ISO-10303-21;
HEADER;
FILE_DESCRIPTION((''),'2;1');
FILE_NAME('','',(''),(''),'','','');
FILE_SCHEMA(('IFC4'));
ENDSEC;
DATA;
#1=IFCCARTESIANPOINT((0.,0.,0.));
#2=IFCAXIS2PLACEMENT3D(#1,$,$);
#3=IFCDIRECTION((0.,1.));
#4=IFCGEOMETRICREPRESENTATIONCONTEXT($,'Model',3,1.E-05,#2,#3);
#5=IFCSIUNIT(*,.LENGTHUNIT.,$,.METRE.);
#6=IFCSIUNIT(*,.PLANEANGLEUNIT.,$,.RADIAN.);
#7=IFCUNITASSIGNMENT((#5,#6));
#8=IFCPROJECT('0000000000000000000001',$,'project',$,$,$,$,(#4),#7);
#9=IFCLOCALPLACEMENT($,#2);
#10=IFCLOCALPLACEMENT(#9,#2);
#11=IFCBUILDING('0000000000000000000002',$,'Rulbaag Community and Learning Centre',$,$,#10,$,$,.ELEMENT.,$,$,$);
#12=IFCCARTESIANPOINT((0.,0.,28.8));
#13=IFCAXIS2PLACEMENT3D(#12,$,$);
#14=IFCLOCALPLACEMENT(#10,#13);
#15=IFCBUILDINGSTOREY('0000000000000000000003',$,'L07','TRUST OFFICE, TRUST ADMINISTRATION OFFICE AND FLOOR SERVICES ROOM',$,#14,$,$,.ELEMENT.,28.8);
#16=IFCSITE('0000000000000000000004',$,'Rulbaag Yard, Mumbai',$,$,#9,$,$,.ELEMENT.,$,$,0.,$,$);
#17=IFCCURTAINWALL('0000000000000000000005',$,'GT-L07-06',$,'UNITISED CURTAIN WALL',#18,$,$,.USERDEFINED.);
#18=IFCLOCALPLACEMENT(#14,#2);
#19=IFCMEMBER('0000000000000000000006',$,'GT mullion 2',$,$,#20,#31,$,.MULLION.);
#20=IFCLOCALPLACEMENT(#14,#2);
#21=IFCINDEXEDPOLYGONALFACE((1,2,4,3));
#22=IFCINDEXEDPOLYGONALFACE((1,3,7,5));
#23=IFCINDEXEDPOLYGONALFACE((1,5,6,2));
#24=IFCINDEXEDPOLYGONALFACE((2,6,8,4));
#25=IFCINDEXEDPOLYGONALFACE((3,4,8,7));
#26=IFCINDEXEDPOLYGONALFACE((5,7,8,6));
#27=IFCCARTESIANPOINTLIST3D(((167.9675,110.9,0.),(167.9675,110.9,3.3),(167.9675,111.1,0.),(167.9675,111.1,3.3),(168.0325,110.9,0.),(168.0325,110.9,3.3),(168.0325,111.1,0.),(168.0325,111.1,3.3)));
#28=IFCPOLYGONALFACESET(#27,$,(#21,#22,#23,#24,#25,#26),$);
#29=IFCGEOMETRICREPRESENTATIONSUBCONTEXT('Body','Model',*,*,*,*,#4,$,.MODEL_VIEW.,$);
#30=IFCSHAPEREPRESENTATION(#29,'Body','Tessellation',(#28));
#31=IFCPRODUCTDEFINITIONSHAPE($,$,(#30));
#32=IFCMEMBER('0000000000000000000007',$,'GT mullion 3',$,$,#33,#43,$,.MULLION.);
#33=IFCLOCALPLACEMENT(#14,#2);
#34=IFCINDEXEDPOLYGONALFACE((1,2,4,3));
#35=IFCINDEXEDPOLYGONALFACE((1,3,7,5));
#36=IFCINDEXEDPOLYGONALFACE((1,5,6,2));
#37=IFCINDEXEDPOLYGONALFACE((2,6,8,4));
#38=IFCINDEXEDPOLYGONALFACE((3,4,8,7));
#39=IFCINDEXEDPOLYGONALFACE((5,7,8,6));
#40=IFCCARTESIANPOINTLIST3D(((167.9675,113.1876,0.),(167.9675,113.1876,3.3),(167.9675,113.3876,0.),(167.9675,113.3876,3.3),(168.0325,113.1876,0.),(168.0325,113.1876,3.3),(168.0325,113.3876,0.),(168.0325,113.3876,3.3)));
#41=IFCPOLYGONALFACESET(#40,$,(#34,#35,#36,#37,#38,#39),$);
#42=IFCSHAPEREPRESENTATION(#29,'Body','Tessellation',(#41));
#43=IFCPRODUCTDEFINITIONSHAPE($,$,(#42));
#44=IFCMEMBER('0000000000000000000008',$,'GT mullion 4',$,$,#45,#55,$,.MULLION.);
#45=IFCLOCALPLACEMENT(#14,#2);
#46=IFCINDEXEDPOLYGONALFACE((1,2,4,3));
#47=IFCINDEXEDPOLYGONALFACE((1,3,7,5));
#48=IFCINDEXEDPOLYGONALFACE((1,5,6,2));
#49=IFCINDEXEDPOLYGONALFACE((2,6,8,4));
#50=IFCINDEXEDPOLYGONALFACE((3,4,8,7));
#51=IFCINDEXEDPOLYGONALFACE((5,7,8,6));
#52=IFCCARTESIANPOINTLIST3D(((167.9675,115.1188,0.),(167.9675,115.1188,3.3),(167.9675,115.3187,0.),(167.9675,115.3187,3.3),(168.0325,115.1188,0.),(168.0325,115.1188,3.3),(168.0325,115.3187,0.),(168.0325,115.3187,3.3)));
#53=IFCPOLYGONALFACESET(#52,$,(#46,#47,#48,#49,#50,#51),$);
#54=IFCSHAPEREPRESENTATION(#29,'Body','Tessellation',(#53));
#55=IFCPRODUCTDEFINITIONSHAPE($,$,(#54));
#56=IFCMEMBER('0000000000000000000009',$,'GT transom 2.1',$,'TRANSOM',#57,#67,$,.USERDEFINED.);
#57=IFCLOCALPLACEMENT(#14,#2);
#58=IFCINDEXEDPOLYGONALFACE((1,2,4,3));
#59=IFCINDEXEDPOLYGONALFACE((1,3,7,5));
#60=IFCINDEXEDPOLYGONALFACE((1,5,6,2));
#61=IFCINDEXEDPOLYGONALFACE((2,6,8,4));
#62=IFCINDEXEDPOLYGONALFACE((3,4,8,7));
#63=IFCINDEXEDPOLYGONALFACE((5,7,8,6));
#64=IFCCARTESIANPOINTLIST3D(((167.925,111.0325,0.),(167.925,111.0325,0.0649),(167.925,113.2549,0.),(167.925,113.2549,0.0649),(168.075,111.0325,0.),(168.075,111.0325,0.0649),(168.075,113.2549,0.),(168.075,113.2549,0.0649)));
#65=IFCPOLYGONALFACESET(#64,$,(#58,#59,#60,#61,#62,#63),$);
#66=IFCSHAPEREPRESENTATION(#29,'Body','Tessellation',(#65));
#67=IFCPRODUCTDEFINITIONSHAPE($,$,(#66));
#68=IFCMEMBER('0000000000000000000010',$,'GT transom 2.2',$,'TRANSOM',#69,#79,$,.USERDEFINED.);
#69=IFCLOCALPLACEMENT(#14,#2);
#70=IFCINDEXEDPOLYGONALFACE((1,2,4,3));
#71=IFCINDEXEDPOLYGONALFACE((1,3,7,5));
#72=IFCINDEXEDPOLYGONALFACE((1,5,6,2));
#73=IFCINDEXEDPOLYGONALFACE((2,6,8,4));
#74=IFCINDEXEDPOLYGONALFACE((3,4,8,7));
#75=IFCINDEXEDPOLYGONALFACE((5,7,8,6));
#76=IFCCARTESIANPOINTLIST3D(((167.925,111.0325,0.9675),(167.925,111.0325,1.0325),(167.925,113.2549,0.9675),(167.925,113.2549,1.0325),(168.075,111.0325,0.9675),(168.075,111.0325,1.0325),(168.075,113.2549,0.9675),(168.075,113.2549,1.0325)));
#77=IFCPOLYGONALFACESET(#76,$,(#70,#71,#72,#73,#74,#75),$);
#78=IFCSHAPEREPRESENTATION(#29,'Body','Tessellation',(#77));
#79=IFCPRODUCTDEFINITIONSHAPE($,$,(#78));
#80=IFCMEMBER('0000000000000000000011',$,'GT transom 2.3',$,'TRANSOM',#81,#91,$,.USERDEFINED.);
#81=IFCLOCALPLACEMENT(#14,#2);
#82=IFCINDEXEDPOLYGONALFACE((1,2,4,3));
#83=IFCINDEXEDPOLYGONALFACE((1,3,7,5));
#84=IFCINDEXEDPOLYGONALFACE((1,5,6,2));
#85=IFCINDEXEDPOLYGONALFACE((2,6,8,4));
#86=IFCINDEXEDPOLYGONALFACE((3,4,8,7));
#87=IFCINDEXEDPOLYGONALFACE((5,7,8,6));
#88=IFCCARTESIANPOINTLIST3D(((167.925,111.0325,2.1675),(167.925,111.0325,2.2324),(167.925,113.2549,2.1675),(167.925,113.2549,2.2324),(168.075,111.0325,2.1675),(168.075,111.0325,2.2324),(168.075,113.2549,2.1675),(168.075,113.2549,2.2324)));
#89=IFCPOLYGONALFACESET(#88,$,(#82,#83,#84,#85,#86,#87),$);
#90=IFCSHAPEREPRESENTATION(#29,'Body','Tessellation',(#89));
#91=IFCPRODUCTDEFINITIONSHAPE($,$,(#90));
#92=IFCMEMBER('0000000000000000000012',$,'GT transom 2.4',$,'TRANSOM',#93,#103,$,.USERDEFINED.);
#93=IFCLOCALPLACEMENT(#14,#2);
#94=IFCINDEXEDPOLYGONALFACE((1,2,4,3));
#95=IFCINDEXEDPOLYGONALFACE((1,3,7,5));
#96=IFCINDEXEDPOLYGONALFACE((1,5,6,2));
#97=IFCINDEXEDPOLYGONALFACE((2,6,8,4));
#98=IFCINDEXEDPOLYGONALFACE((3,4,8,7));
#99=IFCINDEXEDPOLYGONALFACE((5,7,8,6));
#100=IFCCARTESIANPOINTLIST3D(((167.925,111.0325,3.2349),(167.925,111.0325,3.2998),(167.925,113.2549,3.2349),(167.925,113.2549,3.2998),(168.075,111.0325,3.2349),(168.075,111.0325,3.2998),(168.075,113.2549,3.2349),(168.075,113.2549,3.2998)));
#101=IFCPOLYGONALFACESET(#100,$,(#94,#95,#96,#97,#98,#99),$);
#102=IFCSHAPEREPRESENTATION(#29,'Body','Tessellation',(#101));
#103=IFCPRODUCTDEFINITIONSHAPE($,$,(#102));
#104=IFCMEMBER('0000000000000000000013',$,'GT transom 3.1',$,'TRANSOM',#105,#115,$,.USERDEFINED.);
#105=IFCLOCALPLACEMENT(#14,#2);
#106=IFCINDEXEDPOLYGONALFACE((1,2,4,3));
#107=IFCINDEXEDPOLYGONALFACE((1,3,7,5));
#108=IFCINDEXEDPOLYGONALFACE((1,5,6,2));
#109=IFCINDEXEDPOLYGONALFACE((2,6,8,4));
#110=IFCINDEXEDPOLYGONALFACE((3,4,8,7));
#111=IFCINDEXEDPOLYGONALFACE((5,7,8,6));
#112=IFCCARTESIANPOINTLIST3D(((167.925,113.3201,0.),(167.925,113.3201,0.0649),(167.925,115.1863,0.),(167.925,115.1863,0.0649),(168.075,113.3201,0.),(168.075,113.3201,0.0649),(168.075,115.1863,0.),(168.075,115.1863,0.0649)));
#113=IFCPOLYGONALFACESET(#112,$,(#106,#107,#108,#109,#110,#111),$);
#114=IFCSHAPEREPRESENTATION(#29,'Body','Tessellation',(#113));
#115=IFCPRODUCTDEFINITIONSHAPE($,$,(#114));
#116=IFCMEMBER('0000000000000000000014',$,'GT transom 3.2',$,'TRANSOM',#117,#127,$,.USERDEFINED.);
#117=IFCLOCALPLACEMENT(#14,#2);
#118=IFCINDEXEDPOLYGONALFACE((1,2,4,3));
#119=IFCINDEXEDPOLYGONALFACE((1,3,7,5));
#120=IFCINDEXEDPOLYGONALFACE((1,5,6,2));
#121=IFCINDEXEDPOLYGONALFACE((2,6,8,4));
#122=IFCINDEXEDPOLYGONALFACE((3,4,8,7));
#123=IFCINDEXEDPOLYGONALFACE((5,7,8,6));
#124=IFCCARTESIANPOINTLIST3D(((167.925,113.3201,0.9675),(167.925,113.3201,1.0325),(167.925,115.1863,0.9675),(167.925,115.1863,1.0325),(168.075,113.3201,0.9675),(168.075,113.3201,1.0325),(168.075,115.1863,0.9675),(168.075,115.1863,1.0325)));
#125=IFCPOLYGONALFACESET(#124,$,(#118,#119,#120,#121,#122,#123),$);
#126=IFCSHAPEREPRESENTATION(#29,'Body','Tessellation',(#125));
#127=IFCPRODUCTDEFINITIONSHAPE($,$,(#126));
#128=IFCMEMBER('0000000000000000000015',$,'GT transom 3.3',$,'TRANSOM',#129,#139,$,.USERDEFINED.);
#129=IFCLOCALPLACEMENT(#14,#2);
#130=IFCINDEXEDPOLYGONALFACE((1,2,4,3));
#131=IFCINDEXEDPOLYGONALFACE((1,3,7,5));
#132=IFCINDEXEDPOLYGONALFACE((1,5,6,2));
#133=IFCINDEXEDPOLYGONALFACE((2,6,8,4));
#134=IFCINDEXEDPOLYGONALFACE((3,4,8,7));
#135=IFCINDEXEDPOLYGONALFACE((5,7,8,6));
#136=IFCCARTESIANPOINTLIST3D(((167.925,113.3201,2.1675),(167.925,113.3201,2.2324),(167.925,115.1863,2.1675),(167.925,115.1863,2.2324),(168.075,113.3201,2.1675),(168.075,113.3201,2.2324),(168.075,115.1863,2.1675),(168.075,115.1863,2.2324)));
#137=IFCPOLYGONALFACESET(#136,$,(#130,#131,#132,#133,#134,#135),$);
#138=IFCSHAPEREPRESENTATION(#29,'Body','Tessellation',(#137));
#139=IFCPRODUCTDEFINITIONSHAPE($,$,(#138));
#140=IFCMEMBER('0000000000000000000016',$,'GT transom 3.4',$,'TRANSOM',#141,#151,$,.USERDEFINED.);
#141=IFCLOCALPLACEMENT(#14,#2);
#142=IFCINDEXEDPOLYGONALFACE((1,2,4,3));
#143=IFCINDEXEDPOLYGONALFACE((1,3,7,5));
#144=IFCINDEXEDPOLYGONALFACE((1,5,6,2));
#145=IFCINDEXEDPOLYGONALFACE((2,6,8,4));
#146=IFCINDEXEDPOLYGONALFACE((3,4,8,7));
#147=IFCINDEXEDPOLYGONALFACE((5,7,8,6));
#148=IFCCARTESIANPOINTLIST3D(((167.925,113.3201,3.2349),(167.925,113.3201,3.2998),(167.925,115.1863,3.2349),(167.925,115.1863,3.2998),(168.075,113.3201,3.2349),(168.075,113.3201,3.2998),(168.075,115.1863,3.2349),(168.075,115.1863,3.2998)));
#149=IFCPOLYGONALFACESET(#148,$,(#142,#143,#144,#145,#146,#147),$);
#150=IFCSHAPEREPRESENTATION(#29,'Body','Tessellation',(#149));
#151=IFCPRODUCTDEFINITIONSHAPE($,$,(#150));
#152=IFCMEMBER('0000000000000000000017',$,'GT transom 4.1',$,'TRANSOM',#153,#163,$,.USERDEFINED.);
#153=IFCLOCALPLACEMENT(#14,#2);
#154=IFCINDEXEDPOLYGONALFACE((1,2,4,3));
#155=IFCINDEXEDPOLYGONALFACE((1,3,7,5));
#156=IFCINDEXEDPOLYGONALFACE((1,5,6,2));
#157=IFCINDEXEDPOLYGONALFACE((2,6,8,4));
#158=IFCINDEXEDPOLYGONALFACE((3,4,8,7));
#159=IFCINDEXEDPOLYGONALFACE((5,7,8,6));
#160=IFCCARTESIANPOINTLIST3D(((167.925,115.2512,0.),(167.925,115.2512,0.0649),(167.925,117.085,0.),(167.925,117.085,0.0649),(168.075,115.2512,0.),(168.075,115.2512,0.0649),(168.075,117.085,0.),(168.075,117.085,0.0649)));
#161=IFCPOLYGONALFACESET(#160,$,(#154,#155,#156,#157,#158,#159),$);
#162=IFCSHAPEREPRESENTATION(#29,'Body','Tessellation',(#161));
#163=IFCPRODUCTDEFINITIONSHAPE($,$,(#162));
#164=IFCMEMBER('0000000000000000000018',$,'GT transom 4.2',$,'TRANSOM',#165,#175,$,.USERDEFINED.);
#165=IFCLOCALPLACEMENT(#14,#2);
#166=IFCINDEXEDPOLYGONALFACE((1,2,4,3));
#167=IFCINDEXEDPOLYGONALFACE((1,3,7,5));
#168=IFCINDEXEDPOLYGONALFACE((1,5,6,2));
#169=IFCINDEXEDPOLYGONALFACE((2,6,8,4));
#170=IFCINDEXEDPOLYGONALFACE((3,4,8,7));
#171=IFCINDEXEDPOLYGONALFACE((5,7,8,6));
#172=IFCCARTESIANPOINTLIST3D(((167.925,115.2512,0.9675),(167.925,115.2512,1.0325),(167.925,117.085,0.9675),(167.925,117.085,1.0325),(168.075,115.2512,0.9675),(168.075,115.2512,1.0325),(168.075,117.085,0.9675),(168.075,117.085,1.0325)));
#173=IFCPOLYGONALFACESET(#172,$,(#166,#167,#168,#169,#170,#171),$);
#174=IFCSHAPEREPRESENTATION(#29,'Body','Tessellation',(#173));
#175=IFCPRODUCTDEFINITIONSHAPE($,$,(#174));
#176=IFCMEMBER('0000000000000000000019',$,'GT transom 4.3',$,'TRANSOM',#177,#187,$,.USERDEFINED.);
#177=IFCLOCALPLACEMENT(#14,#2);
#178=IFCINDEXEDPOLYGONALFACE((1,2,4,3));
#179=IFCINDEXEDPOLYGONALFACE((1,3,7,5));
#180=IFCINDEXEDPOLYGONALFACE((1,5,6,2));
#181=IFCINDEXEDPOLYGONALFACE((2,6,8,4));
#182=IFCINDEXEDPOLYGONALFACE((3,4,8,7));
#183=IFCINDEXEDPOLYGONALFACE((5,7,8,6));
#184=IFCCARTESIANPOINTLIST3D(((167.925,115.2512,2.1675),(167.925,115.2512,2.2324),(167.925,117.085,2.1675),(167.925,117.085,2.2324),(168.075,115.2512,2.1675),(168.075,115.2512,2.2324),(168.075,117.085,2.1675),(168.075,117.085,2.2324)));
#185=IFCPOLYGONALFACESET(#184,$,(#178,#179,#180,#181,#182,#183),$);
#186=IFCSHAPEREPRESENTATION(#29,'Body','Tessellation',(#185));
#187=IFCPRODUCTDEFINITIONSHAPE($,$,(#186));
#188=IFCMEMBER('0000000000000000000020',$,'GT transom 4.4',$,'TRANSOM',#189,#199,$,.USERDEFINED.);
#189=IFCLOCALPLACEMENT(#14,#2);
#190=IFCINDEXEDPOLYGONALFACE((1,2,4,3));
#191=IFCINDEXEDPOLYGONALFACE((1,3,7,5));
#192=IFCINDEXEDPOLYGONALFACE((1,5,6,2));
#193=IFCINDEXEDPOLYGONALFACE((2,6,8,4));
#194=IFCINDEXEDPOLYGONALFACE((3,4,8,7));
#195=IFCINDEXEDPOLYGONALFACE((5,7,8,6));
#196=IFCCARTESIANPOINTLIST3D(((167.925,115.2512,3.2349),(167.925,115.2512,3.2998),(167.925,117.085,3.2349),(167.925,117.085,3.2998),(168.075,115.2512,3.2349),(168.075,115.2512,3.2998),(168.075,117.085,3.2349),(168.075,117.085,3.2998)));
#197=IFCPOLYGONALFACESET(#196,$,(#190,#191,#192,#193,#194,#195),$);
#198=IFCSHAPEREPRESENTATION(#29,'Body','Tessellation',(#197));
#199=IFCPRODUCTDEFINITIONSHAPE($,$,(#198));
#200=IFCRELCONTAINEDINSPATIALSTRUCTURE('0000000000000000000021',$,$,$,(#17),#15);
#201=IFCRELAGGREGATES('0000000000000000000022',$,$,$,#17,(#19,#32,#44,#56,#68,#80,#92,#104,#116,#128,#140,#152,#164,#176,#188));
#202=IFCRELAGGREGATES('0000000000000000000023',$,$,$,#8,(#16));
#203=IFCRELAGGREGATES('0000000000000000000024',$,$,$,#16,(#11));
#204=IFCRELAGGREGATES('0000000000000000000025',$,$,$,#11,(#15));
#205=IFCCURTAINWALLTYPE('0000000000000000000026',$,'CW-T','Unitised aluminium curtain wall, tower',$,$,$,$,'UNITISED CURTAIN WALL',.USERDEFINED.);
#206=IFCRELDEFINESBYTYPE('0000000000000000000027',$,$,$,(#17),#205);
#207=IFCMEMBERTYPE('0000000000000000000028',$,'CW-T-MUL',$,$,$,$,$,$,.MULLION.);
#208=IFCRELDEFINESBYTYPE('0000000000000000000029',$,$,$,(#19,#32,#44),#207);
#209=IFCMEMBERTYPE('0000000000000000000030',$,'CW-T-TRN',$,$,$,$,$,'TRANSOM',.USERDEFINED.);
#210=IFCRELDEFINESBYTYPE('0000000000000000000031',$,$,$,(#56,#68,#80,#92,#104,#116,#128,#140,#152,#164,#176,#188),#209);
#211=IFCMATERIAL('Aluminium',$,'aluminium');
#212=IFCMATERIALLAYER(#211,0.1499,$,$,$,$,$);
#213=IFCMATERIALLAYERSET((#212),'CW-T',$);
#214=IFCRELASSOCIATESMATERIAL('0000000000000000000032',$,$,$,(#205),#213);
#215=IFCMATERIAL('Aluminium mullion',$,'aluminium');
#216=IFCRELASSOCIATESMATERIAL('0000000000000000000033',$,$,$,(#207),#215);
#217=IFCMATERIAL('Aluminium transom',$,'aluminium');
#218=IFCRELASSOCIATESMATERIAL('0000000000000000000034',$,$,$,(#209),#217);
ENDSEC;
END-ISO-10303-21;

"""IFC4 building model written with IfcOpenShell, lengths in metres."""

from ifc_helpers import new_model, si_unit, direction, frame, origin, origin_2d, place, context, subcontext, project, spatial, rectangle, extrude, material, layer, layer_set, material_profile, profile_set, type_object, element, aggregate, save


model = new_model("IFC4")

# Units and contexts
model_context = context("Model", 3, precision=1e-05, world=origin(), true_north=direction((0.0, 1.0)))
body_context = subcontext(model_context, "Body", "Model", "MODEL_VIEW")
ifc_project = project(units=[si_unit("LENGTHUNIT", "METRE"), si_unit("PLANEANGLEUNIT", "RADIAN")], contexts=[model_context])

# Site, building, storey
site_placement = place(None, origin())
site = spatial("IfcSite", under=ifc_project, at=site_placement, Name="Rulbaag Yard, Mumbai", CompositionType="ELEMENT", RefElevation=0.0)
building_placement = place(site_placement, origin())
building = spatial("IfcBuilding", under=site, at=building_placement, Name="Rulbaag Community and Learning Centre", CompositionType="ELEMENT")
storey_placement = place(building_placement, frame((0.0, 0.0, 28.8)))
storey = spatial("IfcBuildingStorey", under=building, at=storey_placement, Name="L07", Description="TRUST OFFICE, TRUST ADMINISTRATION OFFICE AND FLOOR SERVICES ROOM", CompositionType="ELEMENT", Elevation=28.8)

# Curtain wall, members
ifc_material_1 = material(Name="Aluminium", Category="aluminium")
ifc_layer_1 = layer(ifc_material_1, 0.1499)
ifc_layer_set_1 = layer_set([ifc_layer_1], Name="CW-T")
curtain_wall_type = type_object("IfcCurtainWallType", Name="CW-T", Description="Unitised aluminium curtain wall, tower", ElementType="UNITISED CURTAIN WALL", PredefinedType="USERDEFINED", material=ifc_layer_set_1)
curtain_wall_placement = place(storey_placement, origin())
curtain_wall = element("IfcCurtainWall", 1, at=curtain_wall_placement, inside=storey, type_object=curtain_wall_type, Name="GT-L07-06", ObjectType="UNITISED CURTAIN WALL", PredefinedType="USERDEFINED")
ifc_material_2 = material(Name="Aluminium mullion", Category="aluminium")
ifc_material_profile_1 = material_profile(ifc_material_2, rectangle(XDim=0.0649, YDim=0.2, at=origin_2d()), Name="AL 65x200")
ifc_profile_set_1 = profile_set([ifc_material_profile_1], Name="Aluminium mullion")
member_type_1 = type_object("IfcMemberType", Name="CW-T-MUL", PredefinedType="MULLION", material=ifc_profile_set_1)
member_1_placement = place(storey_placement, frame((168.0, 111.0, 0.0), z_axis=(0.0, 0.0, 1.0), x_axis=(-1.0, 0.0, 0.0)))
member_1 = element("IfcMember", 2, at=member_1_placement, type_object=member_type_1, Name="GT mullion 2", PredefinedType="MULLION", context=body_context, shape_type="SweptSolid", body=[
    extrude(rectangle(XDim=0.0649, YDim=0.2, at=origin_2d()), origin(), (0.0, 0.0, 1.0), 3.3),
])
member_2_placement = place(storey_placement, frame((168.0, 113.2876, 0.0), z_axis=(0.0, 0.0, 1.0), x_axis=(-1.0, 0.0, 0.0)))
member_2 = element("IfcMember", 3, at=member_2_placement, type_object=member_type_1, Name="GT mullion 3", PredefinedType="MULLION", context=body_context, shape_type="SweptSolid", body=[
    extrude(rectangle(XDim=0.0649, YDim=0.2, at=origin_2d()), origin(), (0.0, 0.0, 1.0), 3.3),
])
member_3_placement = place(storey_placement, frame((168.0, 115.2188, 0.0), z_axis=(0.0, 0.0, 1.0), x_axis=(-1.0, 0.0, 0.0)))
member_3 = element("IfcMember", 4, at=member_3_placement, type_object=member_type_1, Name="GT mullion 4", PredefinedType="MULLION", context=body_context, shape_type="SweptSolid", body=[
    extrude(rectangle(XDim=0.0649, YDim=0.2, at=origin_2d()), origin(), (0.0, 0.0, 1.0), 3.3),
])
ifc_material_3 = material(Name="Aluminium transom", Category="aluminium")
ifc_material_profile_2 = material_profile(ifc_material_3, rectangle(XDim=0.1499, YDim=0.0649, at=origin_2d()), Name="AL 65x150 T")
ifc_profile_set_2 = profile_set([ifc_material_profile_2], Name="Aluminium transom")
member_type_2 = type_object("IfcMemberType", Name="CW-T-TRN", ElementType="TRANSOM", PredefinedType="USERDEFINED", material=ifc_profile_set_2)
member_4_placement = place(storey_placement, frame((168.0, 111.0325, 0.0325), z_axis=(0.0, 1.0, 0.0), x_axis=(-1.0, 0.0, 0.0)))
member_4 = element("IfcMember", 5, at=member_4_placement, type_object=member_type_2, Name="GT transom 2.1", ObjectType="TRANSOM", PredefinedType="USERDEFINED", context=body_context, shape_type="SweptSolid", body=[
    extrude(rectangle(XDim=0.1499, YDim=0.0649, at=origin_2d()), origin(), (0.0, 0.0, 1.0), 2.2224),
])
member_5_placement = place(storey_placement, frame((168.0, 111.0325, 1.0), z_axis=(0.0, 1.0, 0.0), x_axis=(-1.0, 0.0, 0.0)))
member_5 = element("IfcMember", 6, at=member_5_placement, type_object=member_type_2, Name="GT transom 2.2", ObjectType="TRANSOM", PredefinedType="USERDEFINED", context=body_context, shape_type="SweptSolid", body=[
    extrude(rectangle(XDim=0.1499, YDim=0.0649, at=origin_2d()), origin(), (0.0, 0.0, 1.0), 2.2224),
])
member_6_placement = place(storey_placement, frame((168.0, 111.0325, 2.2), z_axis=(0.0, 1.0, 0.0), x_axis=(-1.0, 0.0, 0.0)))
member_6 = element("IfcMember", 7, at=member_6_placement, type_object=member_type_2, Name="GT transom 2.3", ObjectType="TRANSOM", PredefinedType="USERDEFINED", context=body_context, shape_type="SweptSolid", body=[
    extrude(rectangle(XDim=0.1499, YDim=0.0649, at=origin_2d()), origin(), (0.0, 0.0, 1.0), 2.2224),
])
member_7_placement = place(storey_placement, frame((168.0, 111.0325, 3.2673), z_axis=(0.0, 1.0, 0.0), x_axis=(-1.0, 0.0, 0.0)))
member_7 = element("IfcMember", 8, at=member_7_placement, type_object=member_type_2, Name="GT transom 2.4", ObjectType="TRANSOM", PredefinedType="USERDEFINED", context=body_context, shape_type="SweptSolid", body=[
    extrude(rectangle(XDim=0.1499, YDim=0.0649, at=origin_2d()), origin(), (0.0, 0.0, 1.0), 2.2224),
])
member_8_placement = place(storey_placement, frame((168.0, 113.3201, 0.0325), z_axis=(0.0, 1.0, 0.0), x_axis=(-1.0, 0.0, 0.0)))
member_8 = element("IfcMember", 9, at=member_8_placement, type_object=member_type_2, Name="GT transom 3.1", ObjectType="TRANSOM", PredefinedType="USERDEFINED", context=body_context, shape_type="SweptSolid", body=[
    extrude(rectangle(XDim=0.1499, YDim=0.0649, at=origin_2d()), origin(), (0.0, 0.0, 1.0), 1.8662),
])
member_9_placement = place(storey_placement, frame((168.0, 113.3201, 1.0), z_axis=(0.0, 1.0, 0.0), x_axis=(-1.0, 0.0, 0.0)))
member_9 = element("IfcMember", 10, at=member_9_placement, type_object=member_type_2, Name="GT transom 3.2", ObjectType="TRANSOM", PredefinedType="USERDEFINED", context=body_context, shape_type="SweptSolid", body=[
    extrude(rectangle(XDim=0.1499, YDim=0.0649, at=origin_2d()), origin(), (0.0, 0.0, 1.0), 1.8662),
])
member_10_placement = place(storey_placement, frame((168.0, 113.3201, 2.2), z_axis=(0.0, 1.0, 0.0), x_axis=(-1.0, 0.0, 0.0)))
member_10 = element("IfcMember", 11, at=member_10_placement, type_object=member_type_2, Name="GT transom 3.3", ObjectType="TRANSOM", PredefinedType="USERDEFINED", context=body_context, shape_type="SweptSolid", body=[
    extrude(rectangle(XDim=0.1499, YDim=0.0649, at=origin_2d()), origin(), (0.0, 0.0, 1.0), 1.8662),
])
member_11_placement = place(storey_placement, frame((168.0, 113.3201, 3.2673), z_axis=(0.0, 1.0, 0.0), x_axis=(-1.0, 0.0, 0.0)))
member_11 = element("IfcMember", 12, at=member_11_placement, type_object=member_type_2, Name="GT transom 3.4", ObjectType="TRANSOM", PredefinedType="USERDEFINED", context=body_context, shape_type="SweptSolid", body=[
    extrude(rectangle(XDim=0.1499, YDim=0.0649, at=origin_2d()), origin(), (0.0, 0.0, 1.0), 1.8662),
])
member_12_placement = place(storey_placement, frame((168.0, 115.2512, 0.0325), z_axis=(0.0, 1.0, 0.0), x_axis=(-1.0, 0.0, 0.0)))
member_12 = element("IfcMember", 13, at=member_12_placement, type_object=member_type_2, Name="GT transom 4.1", ObjectType="TRANSOM", PredefinedType="USERDEFINED", context=body_context, shape_type="SweptSolid", body=[
    extrude(rectangle(XDim=0.1499, YDim=0.0649, at=origin_2d()), origin(), (0.0, 0.0, 1.0), 1.8337),
])
member_13_placement = place(storey_placement, frame((168.0, 115.2512, 1.0), z_axis=(0.0, 1.0, 0.0), x_axis=(-1.0, 0.0, 0.0)))
member_13 = element("IfcMember", 14, at=member_13_placement, type_object=member_type_2, Name="GT transom 4.2", ObjectType="TRANSOM", PredefinedType="USERDEFINED", context=body_context, shape_type="SweptSolid", body=[
    extrude(rectangle(XDim=0.1499, YDim=0.0649, at=origin_2d()), origin(), (0.0, 0.0, 1.0), 1.8337),
])
member_14_placement = place(storey_placement, frame((168.0, 115.2512, 2.2), z_axis=(0.0, 1.0, 0.0), x_axis=(-1.0, 0.0, 0.0)))
member_14 = element("IfcMember", 15, at=member_14_placement, type_object=member_type_2, Name="GT transom 4.3", ObjectType="TRANSOM", PredefinedType="USERDEFINED", context=body_context, shape_type="SweptSolid", body=[
    extrude(rectangle(XDim=0.1499, YDim=0.0649, at=origin_2d()), origin(), (0.0, 0.0, 1.0), 1.8337),
])
member_15_placement = place(storey_placement, frame((168.0, 115.2512, 3.2673), z_axis=(0.0, 1.0, 0.0), x_axis=(-1.0, 0.0, 0.0)))
member_15 = element("IfcMember", 16, at=member_15_placement, type_object=member_type_2, Name="GT transom 4.4", ObjectType="TRANSOM", PredefinedType="USERDEFINED", context=body_context, shape_type="SweptSolid", body=[
    extrude(rectangle(XDim=0.1499, YDim=0.0649, at=origin_2d()), origin(), (0.0, 0.0, 1.0), 1.8337),
])
aggregate(curtain_wall, [member_1, member_2, member_3, member_4, member_5, member_6, member_7, member_8, member_9, member_10, member_11, member_12, member_13, member_14, member_15])

save(model, "model.ifc")
